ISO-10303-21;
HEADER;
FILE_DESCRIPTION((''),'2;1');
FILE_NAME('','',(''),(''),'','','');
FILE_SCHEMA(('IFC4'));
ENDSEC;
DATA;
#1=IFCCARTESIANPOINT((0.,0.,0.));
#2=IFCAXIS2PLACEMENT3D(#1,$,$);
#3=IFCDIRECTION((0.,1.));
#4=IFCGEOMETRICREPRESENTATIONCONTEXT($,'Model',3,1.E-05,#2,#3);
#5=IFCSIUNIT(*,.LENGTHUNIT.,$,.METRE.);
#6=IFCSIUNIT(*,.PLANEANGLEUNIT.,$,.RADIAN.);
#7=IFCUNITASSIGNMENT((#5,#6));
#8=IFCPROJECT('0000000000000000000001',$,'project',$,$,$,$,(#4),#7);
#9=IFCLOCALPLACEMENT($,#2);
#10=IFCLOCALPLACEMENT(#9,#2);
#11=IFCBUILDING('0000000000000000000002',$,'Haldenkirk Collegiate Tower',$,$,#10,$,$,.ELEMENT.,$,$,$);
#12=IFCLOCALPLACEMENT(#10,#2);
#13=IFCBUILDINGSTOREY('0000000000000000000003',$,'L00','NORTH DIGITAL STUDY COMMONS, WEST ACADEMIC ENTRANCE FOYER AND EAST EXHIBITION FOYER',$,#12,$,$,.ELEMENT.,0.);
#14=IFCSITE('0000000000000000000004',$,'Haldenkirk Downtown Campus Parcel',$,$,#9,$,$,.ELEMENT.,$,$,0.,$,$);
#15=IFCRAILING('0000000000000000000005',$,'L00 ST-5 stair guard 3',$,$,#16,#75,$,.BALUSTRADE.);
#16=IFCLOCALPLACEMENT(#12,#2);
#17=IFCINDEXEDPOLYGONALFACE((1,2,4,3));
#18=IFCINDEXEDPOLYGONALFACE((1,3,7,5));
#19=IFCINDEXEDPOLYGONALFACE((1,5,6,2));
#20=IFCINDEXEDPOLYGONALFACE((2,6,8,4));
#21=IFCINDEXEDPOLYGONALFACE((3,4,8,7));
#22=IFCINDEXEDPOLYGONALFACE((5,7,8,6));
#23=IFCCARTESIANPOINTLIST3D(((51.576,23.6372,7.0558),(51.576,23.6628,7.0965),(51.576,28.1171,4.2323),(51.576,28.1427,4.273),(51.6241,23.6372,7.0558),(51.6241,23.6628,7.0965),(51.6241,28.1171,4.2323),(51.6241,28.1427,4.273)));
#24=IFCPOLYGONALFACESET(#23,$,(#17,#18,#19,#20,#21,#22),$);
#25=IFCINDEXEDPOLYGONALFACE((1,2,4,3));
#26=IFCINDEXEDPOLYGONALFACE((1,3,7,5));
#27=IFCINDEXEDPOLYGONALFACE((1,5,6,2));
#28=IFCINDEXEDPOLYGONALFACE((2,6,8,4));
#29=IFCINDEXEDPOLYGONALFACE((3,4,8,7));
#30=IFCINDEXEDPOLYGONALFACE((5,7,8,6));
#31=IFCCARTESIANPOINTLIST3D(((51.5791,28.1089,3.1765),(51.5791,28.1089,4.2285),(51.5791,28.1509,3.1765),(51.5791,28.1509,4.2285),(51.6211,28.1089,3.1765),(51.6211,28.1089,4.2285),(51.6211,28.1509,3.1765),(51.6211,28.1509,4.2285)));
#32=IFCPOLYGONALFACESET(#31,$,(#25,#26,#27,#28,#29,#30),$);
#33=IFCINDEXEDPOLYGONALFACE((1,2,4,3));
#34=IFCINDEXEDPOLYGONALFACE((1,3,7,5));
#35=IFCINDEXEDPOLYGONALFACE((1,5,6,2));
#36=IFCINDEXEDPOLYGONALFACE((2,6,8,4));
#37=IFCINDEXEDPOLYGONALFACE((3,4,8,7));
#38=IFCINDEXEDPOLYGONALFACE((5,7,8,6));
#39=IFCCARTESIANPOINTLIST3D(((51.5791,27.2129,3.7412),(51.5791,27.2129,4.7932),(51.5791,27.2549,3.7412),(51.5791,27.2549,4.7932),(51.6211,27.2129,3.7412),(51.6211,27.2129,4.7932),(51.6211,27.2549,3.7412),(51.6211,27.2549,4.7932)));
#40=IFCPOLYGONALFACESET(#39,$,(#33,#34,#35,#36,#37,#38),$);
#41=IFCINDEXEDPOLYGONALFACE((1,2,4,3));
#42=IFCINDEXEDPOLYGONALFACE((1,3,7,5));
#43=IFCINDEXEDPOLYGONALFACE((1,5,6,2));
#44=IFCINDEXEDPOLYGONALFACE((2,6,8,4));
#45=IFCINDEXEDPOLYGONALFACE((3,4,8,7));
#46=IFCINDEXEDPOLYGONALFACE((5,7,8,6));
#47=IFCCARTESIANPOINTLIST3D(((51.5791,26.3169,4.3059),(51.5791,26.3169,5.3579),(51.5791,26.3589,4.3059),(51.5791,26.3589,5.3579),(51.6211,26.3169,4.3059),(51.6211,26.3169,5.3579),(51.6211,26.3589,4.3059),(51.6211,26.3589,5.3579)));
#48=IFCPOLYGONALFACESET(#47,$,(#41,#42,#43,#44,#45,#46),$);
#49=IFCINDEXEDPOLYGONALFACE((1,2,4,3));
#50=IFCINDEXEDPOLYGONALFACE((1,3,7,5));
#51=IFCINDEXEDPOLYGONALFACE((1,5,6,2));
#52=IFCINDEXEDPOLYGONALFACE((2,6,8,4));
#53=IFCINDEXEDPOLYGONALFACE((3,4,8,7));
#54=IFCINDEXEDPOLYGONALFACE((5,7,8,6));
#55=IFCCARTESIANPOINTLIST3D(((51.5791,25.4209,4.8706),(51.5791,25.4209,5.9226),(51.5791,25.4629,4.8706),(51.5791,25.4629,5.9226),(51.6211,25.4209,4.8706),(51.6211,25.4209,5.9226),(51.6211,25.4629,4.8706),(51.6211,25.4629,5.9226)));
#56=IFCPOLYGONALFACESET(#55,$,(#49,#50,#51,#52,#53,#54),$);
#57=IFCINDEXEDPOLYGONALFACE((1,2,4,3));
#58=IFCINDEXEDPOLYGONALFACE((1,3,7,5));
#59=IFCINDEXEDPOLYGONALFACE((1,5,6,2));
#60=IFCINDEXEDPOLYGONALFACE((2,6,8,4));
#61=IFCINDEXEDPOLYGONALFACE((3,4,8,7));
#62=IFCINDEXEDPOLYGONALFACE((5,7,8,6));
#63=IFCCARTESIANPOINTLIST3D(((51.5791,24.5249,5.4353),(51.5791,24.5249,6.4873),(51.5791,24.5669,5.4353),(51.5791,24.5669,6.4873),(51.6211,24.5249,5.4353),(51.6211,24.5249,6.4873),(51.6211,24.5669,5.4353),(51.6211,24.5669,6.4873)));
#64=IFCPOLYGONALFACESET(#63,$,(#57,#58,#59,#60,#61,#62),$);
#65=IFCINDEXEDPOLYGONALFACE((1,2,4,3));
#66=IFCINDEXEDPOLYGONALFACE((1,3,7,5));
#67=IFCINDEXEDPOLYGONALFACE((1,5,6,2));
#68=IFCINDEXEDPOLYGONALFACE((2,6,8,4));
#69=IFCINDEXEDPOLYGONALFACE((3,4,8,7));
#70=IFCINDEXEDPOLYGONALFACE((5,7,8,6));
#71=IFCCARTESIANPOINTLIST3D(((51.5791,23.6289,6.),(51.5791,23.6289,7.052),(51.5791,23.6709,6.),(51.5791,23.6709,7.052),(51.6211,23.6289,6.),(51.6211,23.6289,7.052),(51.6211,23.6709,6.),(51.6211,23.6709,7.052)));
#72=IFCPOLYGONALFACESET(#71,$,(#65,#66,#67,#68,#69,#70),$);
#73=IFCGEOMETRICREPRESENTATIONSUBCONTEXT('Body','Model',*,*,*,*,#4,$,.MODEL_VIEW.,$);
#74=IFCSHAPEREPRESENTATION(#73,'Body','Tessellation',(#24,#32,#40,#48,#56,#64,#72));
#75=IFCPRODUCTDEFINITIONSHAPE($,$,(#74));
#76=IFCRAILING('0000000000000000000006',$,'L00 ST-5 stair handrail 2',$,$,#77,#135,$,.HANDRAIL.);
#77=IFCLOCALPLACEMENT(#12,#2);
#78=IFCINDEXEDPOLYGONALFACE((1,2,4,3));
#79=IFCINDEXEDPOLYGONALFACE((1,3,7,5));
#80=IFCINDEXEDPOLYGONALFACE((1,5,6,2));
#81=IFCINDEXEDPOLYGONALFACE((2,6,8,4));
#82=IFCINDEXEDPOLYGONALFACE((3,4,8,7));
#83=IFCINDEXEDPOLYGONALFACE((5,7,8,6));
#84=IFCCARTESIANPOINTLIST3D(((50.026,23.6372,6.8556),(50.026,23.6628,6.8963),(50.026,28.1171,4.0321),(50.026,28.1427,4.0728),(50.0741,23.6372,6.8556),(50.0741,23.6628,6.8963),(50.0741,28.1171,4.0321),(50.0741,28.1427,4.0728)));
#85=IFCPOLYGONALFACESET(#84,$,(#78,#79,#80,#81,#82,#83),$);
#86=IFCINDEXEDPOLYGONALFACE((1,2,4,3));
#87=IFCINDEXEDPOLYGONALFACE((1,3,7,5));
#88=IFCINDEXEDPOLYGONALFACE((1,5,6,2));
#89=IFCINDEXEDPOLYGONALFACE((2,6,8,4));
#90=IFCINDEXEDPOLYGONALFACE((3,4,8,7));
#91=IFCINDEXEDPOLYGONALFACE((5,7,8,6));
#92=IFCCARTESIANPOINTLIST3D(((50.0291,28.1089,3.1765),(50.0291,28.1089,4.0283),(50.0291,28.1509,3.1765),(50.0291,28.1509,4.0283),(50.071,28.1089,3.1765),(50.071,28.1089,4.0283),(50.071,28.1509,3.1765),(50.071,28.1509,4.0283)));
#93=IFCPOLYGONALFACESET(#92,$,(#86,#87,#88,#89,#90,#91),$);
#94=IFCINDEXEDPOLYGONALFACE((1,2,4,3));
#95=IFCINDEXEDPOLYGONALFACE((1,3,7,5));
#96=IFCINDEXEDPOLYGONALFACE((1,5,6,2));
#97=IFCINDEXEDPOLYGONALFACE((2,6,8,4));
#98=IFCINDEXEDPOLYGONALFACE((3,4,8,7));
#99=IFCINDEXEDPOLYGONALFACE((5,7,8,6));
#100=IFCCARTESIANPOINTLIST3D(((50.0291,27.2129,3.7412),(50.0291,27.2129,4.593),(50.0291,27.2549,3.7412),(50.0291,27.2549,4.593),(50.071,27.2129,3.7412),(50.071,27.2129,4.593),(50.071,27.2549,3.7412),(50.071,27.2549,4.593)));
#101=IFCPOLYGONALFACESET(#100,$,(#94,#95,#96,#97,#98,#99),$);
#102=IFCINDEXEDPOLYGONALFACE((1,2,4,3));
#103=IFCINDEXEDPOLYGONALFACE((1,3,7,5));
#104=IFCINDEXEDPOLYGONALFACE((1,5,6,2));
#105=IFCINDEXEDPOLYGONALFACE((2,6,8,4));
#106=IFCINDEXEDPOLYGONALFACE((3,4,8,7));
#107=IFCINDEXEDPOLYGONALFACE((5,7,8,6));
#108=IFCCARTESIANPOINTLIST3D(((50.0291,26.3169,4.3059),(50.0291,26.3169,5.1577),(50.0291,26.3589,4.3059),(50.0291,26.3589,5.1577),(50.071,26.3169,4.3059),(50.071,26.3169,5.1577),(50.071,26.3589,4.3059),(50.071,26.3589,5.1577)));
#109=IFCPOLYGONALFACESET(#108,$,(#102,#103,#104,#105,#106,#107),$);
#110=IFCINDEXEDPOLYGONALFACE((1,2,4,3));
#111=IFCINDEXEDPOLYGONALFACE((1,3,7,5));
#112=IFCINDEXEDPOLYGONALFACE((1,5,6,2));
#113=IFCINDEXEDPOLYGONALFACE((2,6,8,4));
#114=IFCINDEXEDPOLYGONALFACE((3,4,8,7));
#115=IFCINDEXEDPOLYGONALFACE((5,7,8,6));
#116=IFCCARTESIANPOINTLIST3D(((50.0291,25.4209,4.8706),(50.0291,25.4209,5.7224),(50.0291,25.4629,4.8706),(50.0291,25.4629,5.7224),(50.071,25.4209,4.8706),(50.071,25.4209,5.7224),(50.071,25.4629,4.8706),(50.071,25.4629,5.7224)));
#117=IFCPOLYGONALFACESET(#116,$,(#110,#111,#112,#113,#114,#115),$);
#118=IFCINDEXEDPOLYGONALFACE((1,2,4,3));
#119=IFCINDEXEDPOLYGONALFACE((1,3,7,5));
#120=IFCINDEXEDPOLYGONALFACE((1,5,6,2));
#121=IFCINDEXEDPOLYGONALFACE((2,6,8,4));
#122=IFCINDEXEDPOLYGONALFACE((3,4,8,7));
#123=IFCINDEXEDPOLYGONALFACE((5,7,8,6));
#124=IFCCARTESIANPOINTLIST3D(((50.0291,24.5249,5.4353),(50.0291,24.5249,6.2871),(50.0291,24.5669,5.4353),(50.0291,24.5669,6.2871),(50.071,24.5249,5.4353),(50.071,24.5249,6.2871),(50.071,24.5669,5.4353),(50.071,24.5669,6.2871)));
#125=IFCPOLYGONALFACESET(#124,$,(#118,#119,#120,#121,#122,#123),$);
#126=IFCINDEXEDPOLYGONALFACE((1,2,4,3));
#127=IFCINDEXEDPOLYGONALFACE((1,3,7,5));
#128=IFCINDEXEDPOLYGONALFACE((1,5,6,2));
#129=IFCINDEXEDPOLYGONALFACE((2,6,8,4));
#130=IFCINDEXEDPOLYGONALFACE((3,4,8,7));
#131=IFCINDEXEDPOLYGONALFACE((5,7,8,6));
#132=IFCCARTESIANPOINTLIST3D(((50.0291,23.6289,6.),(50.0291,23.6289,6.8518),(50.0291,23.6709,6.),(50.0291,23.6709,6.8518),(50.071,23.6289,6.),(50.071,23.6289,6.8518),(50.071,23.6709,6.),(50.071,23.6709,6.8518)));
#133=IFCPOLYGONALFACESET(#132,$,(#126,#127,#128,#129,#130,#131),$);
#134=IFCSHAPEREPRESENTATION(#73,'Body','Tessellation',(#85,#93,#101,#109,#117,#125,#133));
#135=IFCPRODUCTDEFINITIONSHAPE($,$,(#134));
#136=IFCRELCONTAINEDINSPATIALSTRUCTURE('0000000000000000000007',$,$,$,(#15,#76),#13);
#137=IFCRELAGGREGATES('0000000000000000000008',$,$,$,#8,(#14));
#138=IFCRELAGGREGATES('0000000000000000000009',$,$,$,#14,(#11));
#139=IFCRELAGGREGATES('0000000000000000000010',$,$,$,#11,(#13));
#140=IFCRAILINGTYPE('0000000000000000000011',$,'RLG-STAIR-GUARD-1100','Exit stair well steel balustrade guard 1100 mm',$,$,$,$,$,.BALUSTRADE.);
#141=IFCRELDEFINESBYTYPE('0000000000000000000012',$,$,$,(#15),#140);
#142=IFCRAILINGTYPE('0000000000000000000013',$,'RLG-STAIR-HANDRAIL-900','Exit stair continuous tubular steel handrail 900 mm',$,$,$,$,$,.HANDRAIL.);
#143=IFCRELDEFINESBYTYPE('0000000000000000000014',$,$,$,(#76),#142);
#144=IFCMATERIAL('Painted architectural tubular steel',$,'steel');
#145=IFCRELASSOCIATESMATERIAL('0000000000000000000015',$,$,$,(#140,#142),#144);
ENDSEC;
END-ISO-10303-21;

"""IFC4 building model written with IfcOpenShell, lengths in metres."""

from ifc_helpers import new_model, si_unit, direction, frame, origin, origin_2d, place, context, subcontext, project, spatial, rectangle, extrude, material, type_object, element, save


model = new_model("IFC4")

# Units and contexts
model_context = context("Model", 3, precision=1e-05, world=origin(), true_north=direction((0.0, 1.0)))
body_context = subcontext(model_context, "Body", "Model", "MODEL_VIEW")
ifc_project = project(units=[si_unit("LENGTHUNIT", "METRE"), si_unit("PLANEANGLEUNIT", "RADIAN")], contexts=[model_context])

# Site, building, storey
site_placement = place(None, origin())
site = spatial("IfcSite", under=ifc_project, at=site_placement, Name="Haldenkirk Downtown Campus Parcel", CompositionType="ELEMENT", RefElevation=0.0)
building_placement = place(site_placement, origin())
building = spatial("IfcBuilding", under=site, at=building_placement, Name="Haldenkirk Collegiate Tower", CompositionType="ELEMENT")
storey_placement = place(building_placement, origin())
storey = spatial("IfcBuildingStorey", under=building, at=storey_placement, Name="L00", Description="NORTH DIGITAL STUDY COMMONS, WEST ACADEMIC ENTRANCE FOYER AND EAST EXHIBITION FOYER", CompositionType="ELEMENT", Elevation=0.0)

# Railings
ifc_material_1 = material(Name="Painted architectural tubular steel", Category="steel")
railing_type_1 = type_object("IfcRailingType", Name="RLG-STAIR-GUARD-1100", Description="Exit stair well steel balustrade guard 1100 mm", PredefinedType="BALUSTRADE", material=ifc_material_1)
railing_1_placement = place(storey_placement, frame((51.6001, 28.1299, 3.1765)))
element("IfcRailing", 1, at=railing_1_placement, inside=storey, type_object=railing_type_1, Name="L00 ST-5 stair guard 3", PredefinedType="BALUSTRADE", context=body_context, shape_type="SweptSolid", body=[
    extrude(rectangle(XDim=0.0481, YDim=0.0481, at=origin_2d()), frame((0.0, 0.0, 1.0762), z_axis=(0.0, -0.845998, 0.533186), x_axis=(1.0, 0.0, 0.0)), (0.0, 0.0, 1.0), 5.2954),
    extrude(rectangle(XDim=0.042, YDim=0.042, at=origin_2d()), origin(), (0.0, 0.0, 1.0), 1.052),
    extrude(rectangle(XDim=0.042, YDim=0.042, at=origin_2d()), frame((0.0, -0.896, 0.5647)), (0.0, 0.0, 1.0), 1.052),
    extrude(rectangle(XDim=0.042, YDim=0.042, at=origin_2d()), frame((0.0, -1.792, 1.1294)), (0.0, 0.0, 1.0), 1.052),
    extrude(rectangle(XDim=0.042, YDim=0.042, at=origin_2d()), frame((0.0, -2.688, 1.6941)), (0.0, 0.0, 1.0), 1.052),
    extrude(rectangle(XDim=0.042, YDim=0.042, at=origin_2d()), frame((0.0, -3.584, 2.2588)), (0.0, 0.0, 1.0), 1.052),
    extrude(rectangle(XDim=0.042, YDim=0.042, at=origin_2d()), frame((0.0, -4.48, 2.8235)), (0.0, 0.0, 1.0), 1.052),
])
railing_type_2 = type_object("IfcRailingType", Name="RLG-STAIR-HANDRAIL-900", Description="Exit stair continuous tubular steel handrail 900 mm", PredefinedType="HANDRAIL", material=ifc_material_1)
railing_2_placement = place(storey_placement, frame((50.05, 28.1299, 3.1765)))
element("IfcRailing", 2, at=railing_2_placement, inside=storey, type_object=railing_type_2, Name="L00 ST-5 stair handrail 2", PredefinedType="HANDRAIL", context=body_context, shape_type="SweptSolid", body=[
    extrude(rectangle(XDim=0.0481, YDim=0.0481, at=origin_2d()), frame((0.0, 0.0, 0.876), z_axis=(0.0, -0.845998, 0.533186), x_axis=(1.0, 0.0, 0.0)), (0.0, 0.0, 1.0), 5.2954),
    extrude(rectangle(XDim=0.042, YDim=0.042, at=origin_2d()), origin(), (0.0, 0.0, 1.0), 0.8518),
    extrude(rectangle(XDim=0.042, YDim=0.042, at=origin_2d()), frame((0.0, -0.896, 0.5647)), (0.0, 0.0, 1.0), 0.8518),
    extrude(rectangle(XDim=0.042, YDim=0.042, at=origin_2d()), frame((0.0, -1.792, 1.1294)), (0.0, 0.0, 1.0), 0.8518),
    extrude(rectangle(XDim=0.042, YDim=0.042, at=origin_2d()), frame((0.0, -2.688, 1.6941)), (0.0, 0.0, 1.0), 0.8518),
    extrude(rectangle(XDim=0.042, YDim=0.042, at=origin_2d()), frame((0.0, -3.584, 2.2588)), (0.0, 0.0, 1.0), 0.8518),
    extrude(rectangle(XDim=0.042, YDim=0.042, at=origin_2d()), frame((0.0, -4.48, 2.8235)), (0.0, 0.0, 1.0), 0.8518),
])

save(model, "model.ifc")
